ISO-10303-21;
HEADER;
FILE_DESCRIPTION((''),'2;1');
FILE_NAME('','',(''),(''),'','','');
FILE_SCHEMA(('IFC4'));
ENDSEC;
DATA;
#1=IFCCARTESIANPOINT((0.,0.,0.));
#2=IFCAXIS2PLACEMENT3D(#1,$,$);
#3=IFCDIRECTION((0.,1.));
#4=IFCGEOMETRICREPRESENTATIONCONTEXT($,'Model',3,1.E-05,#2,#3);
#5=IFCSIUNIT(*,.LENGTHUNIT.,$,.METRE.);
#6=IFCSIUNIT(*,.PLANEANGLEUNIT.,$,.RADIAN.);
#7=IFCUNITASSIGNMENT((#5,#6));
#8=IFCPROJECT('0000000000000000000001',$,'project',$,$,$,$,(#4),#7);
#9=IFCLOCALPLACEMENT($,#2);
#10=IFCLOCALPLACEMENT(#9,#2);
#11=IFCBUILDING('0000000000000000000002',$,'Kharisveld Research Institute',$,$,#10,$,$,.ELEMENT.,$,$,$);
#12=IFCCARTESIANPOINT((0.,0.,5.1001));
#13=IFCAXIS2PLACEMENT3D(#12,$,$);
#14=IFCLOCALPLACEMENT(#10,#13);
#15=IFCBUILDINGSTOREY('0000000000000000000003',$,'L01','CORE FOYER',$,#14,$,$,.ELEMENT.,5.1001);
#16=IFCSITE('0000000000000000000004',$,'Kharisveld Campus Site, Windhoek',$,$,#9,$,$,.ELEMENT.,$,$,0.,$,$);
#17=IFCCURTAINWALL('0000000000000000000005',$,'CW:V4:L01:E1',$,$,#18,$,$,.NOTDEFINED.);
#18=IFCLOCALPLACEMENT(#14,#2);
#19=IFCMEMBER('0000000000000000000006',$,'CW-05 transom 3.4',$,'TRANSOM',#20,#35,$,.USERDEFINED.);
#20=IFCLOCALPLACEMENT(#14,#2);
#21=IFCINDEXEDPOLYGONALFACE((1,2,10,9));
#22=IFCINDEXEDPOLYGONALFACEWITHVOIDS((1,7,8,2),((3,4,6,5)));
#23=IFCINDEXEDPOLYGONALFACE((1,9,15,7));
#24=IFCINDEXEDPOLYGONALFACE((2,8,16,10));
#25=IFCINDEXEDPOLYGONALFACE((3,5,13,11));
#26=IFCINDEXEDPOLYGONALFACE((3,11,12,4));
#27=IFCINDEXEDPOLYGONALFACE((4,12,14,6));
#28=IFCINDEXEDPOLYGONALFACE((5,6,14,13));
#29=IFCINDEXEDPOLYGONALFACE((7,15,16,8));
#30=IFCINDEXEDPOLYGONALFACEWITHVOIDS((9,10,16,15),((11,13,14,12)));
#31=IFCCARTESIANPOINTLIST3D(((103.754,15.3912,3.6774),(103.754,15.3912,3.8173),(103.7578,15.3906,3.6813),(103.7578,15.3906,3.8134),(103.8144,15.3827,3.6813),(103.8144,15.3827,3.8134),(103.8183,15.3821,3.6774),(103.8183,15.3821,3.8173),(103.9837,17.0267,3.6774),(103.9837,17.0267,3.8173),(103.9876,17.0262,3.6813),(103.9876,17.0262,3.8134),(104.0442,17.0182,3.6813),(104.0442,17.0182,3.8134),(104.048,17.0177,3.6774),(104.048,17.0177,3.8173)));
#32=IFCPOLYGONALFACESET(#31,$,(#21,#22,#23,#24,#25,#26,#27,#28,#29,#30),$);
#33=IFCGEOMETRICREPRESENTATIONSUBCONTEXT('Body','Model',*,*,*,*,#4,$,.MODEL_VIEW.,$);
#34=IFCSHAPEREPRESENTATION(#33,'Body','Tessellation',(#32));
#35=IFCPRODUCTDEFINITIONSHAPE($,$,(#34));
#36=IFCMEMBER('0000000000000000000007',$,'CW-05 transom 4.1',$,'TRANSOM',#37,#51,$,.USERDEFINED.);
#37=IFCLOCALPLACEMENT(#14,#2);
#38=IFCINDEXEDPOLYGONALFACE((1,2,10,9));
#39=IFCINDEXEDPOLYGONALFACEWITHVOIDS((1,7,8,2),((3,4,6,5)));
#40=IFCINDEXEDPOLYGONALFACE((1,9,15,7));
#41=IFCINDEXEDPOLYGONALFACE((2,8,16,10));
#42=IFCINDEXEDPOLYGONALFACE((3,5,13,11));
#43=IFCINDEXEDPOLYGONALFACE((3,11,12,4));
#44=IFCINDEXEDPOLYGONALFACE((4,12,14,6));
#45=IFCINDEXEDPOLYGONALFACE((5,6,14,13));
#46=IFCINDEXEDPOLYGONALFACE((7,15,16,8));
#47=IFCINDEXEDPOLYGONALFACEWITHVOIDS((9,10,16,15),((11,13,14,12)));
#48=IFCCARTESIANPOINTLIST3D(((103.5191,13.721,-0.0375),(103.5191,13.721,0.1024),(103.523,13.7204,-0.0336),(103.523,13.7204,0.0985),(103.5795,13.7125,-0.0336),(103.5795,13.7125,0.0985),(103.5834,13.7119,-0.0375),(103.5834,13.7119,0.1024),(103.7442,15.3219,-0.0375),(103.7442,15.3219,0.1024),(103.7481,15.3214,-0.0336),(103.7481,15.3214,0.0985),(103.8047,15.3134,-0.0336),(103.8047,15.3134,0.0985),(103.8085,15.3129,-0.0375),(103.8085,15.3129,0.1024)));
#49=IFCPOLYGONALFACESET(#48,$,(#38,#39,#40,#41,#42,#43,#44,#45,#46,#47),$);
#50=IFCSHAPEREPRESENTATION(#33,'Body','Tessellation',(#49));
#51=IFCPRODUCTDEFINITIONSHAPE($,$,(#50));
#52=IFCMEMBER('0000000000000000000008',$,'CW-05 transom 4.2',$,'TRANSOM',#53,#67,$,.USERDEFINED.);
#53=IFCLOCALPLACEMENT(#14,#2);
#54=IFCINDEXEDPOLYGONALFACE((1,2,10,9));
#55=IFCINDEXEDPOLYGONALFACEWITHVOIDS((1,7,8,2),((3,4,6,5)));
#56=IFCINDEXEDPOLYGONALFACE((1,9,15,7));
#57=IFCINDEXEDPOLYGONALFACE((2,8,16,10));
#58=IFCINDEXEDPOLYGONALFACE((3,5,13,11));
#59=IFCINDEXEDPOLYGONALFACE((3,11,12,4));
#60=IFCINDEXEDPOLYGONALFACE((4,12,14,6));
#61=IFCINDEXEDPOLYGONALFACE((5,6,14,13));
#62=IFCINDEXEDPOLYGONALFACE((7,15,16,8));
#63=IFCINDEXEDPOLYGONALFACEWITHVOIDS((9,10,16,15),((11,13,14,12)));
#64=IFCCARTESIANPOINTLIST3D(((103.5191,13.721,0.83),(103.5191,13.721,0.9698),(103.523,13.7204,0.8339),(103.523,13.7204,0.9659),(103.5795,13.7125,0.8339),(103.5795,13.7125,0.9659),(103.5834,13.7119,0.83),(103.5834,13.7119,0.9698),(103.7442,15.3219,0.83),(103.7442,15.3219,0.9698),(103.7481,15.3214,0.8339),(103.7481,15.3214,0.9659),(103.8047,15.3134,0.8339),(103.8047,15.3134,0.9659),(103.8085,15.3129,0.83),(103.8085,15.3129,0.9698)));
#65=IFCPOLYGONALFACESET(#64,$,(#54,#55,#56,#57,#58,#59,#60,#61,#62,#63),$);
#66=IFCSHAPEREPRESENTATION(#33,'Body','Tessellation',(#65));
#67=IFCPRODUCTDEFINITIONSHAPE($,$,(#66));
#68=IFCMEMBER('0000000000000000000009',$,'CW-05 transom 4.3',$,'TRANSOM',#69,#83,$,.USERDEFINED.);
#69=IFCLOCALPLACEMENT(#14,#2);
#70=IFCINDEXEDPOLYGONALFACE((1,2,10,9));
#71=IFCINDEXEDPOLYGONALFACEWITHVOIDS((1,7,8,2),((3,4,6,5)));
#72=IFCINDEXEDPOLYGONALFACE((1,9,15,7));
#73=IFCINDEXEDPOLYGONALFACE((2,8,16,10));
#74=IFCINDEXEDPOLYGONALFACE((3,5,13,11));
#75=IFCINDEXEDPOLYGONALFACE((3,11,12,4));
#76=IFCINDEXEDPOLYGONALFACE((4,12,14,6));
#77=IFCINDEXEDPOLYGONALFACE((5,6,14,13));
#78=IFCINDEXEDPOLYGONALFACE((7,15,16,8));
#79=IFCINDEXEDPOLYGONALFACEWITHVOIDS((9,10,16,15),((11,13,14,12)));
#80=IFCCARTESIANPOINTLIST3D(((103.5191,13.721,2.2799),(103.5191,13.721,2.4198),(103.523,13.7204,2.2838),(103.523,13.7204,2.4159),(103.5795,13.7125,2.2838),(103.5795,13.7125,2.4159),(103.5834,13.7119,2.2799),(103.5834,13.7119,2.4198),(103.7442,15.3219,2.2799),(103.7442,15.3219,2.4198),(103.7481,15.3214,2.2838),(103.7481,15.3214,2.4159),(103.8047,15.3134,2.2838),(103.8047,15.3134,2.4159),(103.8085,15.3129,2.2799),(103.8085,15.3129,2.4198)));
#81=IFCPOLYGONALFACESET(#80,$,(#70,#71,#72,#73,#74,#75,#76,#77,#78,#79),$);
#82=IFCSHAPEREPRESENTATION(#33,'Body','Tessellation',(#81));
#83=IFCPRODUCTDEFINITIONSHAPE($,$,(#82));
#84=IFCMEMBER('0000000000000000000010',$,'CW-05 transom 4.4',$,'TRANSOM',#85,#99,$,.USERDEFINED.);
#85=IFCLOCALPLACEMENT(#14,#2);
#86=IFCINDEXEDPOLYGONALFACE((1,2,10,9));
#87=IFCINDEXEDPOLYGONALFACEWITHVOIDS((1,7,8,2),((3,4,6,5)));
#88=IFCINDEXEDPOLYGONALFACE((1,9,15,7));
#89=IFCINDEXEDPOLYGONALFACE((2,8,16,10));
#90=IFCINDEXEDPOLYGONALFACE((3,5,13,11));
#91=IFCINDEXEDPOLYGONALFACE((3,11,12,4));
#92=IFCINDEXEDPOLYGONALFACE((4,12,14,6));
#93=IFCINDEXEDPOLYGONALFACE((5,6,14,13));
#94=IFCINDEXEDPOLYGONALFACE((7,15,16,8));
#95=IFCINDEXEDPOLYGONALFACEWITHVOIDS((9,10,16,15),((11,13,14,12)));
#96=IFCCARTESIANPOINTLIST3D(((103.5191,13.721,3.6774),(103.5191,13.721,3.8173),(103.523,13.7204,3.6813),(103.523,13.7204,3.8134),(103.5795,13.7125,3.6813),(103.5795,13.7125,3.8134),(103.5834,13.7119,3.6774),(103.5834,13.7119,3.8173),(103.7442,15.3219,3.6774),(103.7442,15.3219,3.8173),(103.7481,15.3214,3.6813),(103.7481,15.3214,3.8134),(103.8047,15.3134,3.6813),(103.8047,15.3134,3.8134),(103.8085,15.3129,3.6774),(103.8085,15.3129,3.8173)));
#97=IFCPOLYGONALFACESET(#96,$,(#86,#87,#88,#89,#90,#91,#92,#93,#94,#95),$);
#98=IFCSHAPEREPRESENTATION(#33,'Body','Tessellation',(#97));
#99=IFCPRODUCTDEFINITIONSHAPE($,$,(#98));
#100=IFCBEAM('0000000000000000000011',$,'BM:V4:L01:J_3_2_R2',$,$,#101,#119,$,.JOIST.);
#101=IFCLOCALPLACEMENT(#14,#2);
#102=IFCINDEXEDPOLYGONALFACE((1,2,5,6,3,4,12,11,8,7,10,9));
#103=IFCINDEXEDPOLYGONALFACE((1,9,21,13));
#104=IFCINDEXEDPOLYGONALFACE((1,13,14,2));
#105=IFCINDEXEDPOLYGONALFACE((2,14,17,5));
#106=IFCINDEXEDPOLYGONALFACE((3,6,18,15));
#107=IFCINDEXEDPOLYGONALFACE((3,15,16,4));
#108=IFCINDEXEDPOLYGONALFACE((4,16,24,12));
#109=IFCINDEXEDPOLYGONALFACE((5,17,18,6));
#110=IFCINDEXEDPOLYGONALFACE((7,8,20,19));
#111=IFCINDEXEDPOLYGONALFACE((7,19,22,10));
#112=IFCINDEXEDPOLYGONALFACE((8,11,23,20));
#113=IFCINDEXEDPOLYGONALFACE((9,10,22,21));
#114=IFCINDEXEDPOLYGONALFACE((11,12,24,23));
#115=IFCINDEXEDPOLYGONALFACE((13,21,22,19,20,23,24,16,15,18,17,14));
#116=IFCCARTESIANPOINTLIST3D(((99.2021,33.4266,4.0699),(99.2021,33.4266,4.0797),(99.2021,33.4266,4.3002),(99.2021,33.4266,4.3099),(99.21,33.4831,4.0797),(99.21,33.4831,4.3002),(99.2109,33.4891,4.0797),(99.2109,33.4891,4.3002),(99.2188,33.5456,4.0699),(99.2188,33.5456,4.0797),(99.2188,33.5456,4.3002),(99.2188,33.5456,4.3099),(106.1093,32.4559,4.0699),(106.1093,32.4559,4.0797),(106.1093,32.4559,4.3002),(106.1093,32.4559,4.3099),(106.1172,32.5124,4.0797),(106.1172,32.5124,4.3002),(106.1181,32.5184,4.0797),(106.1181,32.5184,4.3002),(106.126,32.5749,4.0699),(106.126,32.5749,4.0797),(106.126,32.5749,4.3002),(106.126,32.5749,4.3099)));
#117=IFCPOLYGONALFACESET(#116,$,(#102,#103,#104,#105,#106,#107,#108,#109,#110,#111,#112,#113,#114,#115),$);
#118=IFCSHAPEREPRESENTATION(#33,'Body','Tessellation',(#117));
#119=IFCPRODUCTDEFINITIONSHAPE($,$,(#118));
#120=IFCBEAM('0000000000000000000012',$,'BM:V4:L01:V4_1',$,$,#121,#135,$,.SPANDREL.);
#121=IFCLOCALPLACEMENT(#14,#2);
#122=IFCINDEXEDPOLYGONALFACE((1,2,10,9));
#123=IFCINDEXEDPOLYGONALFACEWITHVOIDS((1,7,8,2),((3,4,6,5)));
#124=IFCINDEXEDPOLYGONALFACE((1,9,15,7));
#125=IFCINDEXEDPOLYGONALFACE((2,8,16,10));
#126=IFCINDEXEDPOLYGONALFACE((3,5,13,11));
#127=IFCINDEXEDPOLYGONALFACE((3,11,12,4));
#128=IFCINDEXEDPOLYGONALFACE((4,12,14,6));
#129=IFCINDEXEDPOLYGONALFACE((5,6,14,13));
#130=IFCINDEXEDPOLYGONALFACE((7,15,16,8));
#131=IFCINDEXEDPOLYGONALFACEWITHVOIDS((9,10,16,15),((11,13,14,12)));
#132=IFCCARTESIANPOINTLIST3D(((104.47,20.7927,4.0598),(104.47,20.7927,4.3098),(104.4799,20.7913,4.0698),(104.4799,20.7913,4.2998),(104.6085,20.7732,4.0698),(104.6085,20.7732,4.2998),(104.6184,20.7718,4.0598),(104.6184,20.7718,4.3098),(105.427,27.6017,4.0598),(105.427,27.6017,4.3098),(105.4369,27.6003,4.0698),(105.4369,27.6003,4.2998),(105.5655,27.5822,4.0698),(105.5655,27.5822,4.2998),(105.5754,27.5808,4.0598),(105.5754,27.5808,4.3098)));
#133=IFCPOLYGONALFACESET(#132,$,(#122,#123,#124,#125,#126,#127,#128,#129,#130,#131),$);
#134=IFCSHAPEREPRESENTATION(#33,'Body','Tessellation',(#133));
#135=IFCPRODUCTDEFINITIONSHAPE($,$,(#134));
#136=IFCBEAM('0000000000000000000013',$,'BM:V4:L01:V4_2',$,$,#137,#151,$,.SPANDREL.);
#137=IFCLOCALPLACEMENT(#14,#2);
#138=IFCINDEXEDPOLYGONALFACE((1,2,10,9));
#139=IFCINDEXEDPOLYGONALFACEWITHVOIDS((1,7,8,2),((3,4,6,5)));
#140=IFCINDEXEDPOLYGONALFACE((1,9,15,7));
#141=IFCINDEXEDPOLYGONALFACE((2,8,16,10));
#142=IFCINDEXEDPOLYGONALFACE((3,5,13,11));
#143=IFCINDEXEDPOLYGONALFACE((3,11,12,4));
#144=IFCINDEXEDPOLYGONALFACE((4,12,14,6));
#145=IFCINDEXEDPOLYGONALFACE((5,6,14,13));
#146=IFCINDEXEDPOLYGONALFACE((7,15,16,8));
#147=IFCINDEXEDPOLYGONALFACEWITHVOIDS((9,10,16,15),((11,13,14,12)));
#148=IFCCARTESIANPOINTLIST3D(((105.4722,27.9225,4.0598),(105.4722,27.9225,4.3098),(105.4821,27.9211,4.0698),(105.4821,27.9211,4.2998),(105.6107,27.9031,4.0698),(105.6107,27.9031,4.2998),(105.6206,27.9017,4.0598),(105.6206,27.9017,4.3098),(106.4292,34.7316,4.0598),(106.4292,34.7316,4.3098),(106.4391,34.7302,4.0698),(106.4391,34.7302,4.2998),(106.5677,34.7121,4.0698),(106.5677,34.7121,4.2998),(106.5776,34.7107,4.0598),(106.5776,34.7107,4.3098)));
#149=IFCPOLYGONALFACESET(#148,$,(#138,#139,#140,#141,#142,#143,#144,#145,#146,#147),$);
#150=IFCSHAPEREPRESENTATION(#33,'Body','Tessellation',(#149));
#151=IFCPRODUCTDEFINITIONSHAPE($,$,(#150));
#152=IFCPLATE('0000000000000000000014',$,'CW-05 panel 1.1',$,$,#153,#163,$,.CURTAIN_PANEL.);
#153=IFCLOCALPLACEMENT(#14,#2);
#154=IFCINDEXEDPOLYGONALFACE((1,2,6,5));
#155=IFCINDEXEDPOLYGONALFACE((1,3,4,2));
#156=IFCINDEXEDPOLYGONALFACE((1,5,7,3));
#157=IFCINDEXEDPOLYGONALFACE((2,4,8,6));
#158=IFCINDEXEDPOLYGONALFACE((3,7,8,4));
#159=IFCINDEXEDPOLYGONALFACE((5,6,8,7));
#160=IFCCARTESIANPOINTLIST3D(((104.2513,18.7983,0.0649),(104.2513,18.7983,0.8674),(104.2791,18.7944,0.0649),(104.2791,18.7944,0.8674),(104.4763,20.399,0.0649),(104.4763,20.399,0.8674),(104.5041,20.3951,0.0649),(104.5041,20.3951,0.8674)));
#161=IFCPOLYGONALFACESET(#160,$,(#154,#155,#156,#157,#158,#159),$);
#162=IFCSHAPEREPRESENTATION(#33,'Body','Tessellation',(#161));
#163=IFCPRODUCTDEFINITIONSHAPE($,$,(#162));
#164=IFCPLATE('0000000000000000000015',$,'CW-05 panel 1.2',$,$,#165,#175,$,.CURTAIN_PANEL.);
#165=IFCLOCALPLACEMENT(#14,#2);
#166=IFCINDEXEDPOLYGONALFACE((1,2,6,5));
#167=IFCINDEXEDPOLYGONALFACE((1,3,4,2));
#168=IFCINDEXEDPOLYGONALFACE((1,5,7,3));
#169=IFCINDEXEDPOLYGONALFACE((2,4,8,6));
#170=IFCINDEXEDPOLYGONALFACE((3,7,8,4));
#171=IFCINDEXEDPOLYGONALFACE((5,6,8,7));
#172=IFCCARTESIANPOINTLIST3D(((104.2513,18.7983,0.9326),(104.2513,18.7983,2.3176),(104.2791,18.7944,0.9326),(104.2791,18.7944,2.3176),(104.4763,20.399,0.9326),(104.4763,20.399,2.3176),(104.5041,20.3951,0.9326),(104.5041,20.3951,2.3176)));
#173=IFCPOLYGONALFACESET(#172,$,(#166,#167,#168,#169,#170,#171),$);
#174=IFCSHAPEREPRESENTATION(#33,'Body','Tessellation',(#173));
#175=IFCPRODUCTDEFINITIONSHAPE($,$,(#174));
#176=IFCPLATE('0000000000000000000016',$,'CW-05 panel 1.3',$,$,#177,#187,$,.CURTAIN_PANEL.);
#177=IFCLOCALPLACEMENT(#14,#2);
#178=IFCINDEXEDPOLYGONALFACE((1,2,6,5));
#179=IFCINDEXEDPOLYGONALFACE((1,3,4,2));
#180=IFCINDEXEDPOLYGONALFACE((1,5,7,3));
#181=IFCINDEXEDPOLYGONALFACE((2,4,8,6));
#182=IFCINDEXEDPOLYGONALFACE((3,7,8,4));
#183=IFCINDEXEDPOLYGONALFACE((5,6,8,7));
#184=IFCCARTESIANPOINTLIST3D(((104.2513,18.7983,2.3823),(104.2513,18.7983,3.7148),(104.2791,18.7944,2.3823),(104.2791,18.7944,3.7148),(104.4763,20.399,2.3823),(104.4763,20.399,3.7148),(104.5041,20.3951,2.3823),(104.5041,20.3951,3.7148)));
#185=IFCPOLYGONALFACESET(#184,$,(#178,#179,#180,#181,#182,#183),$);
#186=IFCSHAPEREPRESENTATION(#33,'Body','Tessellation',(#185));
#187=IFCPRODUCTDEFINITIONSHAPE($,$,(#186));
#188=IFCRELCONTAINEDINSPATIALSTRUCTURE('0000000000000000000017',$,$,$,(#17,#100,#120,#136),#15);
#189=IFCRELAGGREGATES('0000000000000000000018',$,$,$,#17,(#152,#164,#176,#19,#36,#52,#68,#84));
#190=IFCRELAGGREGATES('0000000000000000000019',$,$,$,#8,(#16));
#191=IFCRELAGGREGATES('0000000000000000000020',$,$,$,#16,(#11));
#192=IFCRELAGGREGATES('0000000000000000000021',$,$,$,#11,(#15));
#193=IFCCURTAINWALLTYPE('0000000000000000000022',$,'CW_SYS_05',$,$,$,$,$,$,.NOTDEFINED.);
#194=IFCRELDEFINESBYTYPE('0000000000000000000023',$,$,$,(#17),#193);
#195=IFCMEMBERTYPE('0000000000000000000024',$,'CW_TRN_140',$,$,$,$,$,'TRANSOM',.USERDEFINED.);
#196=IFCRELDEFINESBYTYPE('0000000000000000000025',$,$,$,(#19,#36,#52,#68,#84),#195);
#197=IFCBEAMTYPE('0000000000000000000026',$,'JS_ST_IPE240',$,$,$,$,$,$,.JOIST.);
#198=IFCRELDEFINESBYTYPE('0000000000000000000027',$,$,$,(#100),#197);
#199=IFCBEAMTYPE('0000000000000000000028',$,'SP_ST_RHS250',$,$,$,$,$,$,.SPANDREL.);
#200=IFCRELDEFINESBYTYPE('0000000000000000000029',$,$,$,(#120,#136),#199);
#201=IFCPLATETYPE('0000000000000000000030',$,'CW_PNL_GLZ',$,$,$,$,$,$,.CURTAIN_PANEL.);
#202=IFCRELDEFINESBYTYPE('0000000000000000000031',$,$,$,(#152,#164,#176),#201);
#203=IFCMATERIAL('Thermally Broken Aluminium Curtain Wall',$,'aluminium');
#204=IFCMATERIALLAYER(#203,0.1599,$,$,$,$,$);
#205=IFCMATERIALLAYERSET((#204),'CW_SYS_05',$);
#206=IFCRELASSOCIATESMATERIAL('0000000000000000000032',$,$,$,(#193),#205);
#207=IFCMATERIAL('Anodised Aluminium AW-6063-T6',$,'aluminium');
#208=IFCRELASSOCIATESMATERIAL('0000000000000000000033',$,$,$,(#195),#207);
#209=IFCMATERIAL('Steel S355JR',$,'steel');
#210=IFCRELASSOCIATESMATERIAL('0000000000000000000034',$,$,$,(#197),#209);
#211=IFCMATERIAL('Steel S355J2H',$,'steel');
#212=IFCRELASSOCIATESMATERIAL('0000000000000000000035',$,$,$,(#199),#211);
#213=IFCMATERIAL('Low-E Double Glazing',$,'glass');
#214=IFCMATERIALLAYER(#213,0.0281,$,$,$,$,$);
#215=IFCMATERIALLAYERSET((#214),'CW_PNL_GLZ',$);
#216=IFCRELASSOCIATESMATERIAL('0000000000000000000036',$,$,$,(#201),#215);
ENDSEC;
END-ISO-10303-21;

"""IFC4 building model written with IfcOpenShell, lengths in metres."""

from ifc_helpers import new_model, si_unit, direction, frame, origin, origin_2d, place, context, subcontext, project, spatial, rectangle, hollow_rectangle, i_section, extrude, material, layer, layer_set, material_profile, profile_set, type_object, element, aggregate, save


model = new_model("IFC4")

# Units and contexts
model_context = context("Model", 3, precision=1e-05, world=origin(), true_north=direction((0.0, 1.0)))
body_context = subcontext(model_context, "Body", "Model", "MODEL_VIEW")
ifc_project = project(units=[si_unit("LENGTHUNIT", "METRE"), si_unit("PLANEANGLEUNIT", "RADIAN")], contexts=[model_context])

# Site, building, storey
site_placement = place(None, origin())
site = spatial("IfcSite", under=ifc_project, at=site_placement, Name="Kharisveld Campus Site, Windhoek", CompositionType="ELEMENT", RefElevation=0.0)
building_placement = place(site_placement, origin())
building = spatial("IfcBuilding", under=site, at=building_placement, Name="Kharisveld Research Institute", CompositionType="ELEMENT")
storey_placement = place(building_placement, frame((0.0, 0.0, 5.1001)))
storey = spatial("IfcBuildingStorey", under=building, at=storey_placement, Name="L01", Description="CORE FOYER", CompositionType="ELEMENT", Elevation=5.1001)

# Curtain wall, members
ifc_material_1 = material(Name="Thermally Broken Aluminium Curtain Wall", Category="aluminium")
ifc_layer_1 = layer(ifc_material_1, 0.1599)
ifc_layer_set_1 = layer_set([ifc_layer_1], Name="CW_SYS_05")
curtain_wall_type = type_object("IfcCurtainWallType", Name="CW_SYS_05", PredefinedType="NOTDEFINED", material=ifc_layer_set_1)
curtain_wall_placement = place(storey_placement, origin())
curtain_wall = element("IfcCurtainWall", 1, at=curtain_wall_placement, inside=storey, type_object=curtain_wall_type, Name="CW:V4:L01:E1", PredefinedType="NOTDEFINED")
ifc_material_2 = material(Name="Anodised Aluminium AW-6063-T6", Category="aluminium")
ifc_material_profile_1 = material_profile(ifc_material_2, hollow_rectangle(XDim=0.0649, YDim=0.1399, WallThickness=0.0039, at=origin_2d()))
ifc_profile_set_1 = profile_set([ifc_material_profile_1], Name="Anodised Aluminium AW-6063-T6")
member_type_1 = type_object("IfcMemberType", Name="CW_TRN_140", ElementType="TRANSOM", PredefinedType="USERDEFINED", material=ifc_profile_set_1)
member_1_placement = place(storey_placement, frame((104.0159, 17.0222, 3.7473), z_axis=(-0.139103, -0.990278, 0.0), x_axis=(0.990278, -0.139103, 0.0)))
member_1 = element("IfcMember", 2, at=member_1_placement, type_object=member_type_1, Name="CW-05 transom 3.4", ObjectType="TRANSOM", PredefinedType="USERDEFINED", context=body_context, shape_type="SweptSolid", body=[
    extrude(hollow_rectangle(XDim=0.0649, YDim=0.1399, WallThickness=0.0039, at=origin_2d()), origin(), (0.0, 0.0, 1.0), 1.6516),
])
member_2_placement = place(storey_placement, frame((103.7764, 15.3174, 0.0325), z_axis=(-0.139243, -0.990258, 0.0), x_axis=(0.990258, -0.139243, 0.0)))
member_2 = element("IfcMember", 3, at=member_2_placement, type_object=member_type_1, Name="CW-05 transom 4.1", ObjectType="TRANSOM", PredefinedType="USERDEFINED", context=body_context, shape_type="SweptSolid", body=[
    extrude(hollow_rectangle(XDim=0.0649, YDim=0.1399, WallThickness=0.0039, at=origin_2d()), origin(), (0.0, 0.0, 1.0), 1.6167),
])
member_3_placement = place(storey_placement, frame((103.7764, 15.3174, 0.8999), z_axis=(-0.139243, -0.990258, 0.0), x_axis=(0.990258, -0.139243, 0.0)))
member_3 = element("IfcMember", 4, at=member_3_placement, type_object=member_type_1, Name="CW-05 transom 4.2", ObjectType="TRANSOM", PredefinedType="USERDEFINED", context=body_context, shape_type="SweptSolid", body=[
    extrude(hollow_rectangle(XDim=0.0649, YDim=0.1399, WallThickness=0.0039, at=origin_2d()), origin(), (0.0, 0.0, 1.0), 1.6167),
])
member_4_placement = place(storey_placement, frame((103.7764, 15.3174, 2.3499), z_axis=(-0.139243, -0.990258, 0.0), x_axis=(0.990258, -0.139243, 0.0)))
member_4 = element("IfcMember", 5, at=member_4_placement, type_object=member_type_1, Name="CW-05 transom 4.3", ObjectType="TRANSOM", PredefinedType="USERDEFINED", context=body_context, shape_type="SweptSolid", body=[
    extrude(hollow_rectangle(XDim=0.0649, YDim=0.1399, WallThickness=0.0039, at=origin_2d()), origin(), (0.0, 0.0, 1.0), 1.6167),
])
member_5_placement = place(storey_placement, frame((103.7764, 15.3174, 3.7473), z_axis=(-0.139243, -0.990258, 0.0), x_axis=(0.990258, -0.139243, 0.0)))
member_5 = element("IfcMember", 6, at=member_5_placement, type_object=member_type_1, Name="CW-05 transom 4.4", ObjectType="TRANSOM", PredefinedType="USERDEFINED", context=body_context, shape_type="SweptSolid", body=[
    extrude(hollow_rectangle(XDim=0.0649, YDim=0.1399, WallThickness=0.0039, at=origin_2d()), origin(), (0.0, 0.0, 1.0), 1.6167),
])

# Beams
ifc_material_3 = material(Name="Steel S355JR", Category="steel")
ifc_material_profile_2 = material_profile(ifc_material_3, i_section(OverallWidth=0.1201, OverallDepth=0.24, WebThickness=0.0061, FlangeThickness=0.0098, at=origin_2d()))
ifc_profile_set_2 = profile_set([ifc_material_profile_2], Name="Steel S355JR")
beam_type_1 = type_object("IfcBeamType", Name="JS_ST_IPE240", PredefinedType="JOIST", material=ifc_profile_set_2)
beam_placement = place(storey_placement, frame((99.2104, 33.4861, 4.1899), z_axis=(0.990269, -0.139167, 0.0), x_axis=(0.139167, 0.990269, 0.0)))
element("IfcBeam", 7, at=beam_placement, inside=storey, type_object=beam_type_1, Name="BM:V4:L01:J_3_2_R2", PredefinedType="JOIST", context=body_context, shape_type="SweptSolid", body=[
    extrude(i_section(OverallWidth=0.1201, OverallDepth=0.24, WebThickness=0.0061, FlangeThickness=0.0098, at=origin_2d()), origin(), (0.0, 0.0, 1.0), 6.9751),
])
ifc_material_4 = material(Name="Steel S355J2H", Category="steel")
ifc_material_profile_3 = material_profile(ifc_material_4, hollow_rectangle(XDim=0.1499, YDim=0.25, WallThickness=0.01, at=origin_2d()))
ifc_profile_set_3 = profile_set([ifc_material_profile_3], Name="Steel S355J2H")
beam_type_2 = type_object("IfcBeamType", Name="SP_ST_RHS250", PredefinedType="SPANDREL", material=ifc_profile_set_3)
for number, where, z_axis, x_axis, name in (
    (8, (104.5442, 20.7822, 4.1848), (0.139184, 0.990267, 0.0), (-0.990267, 0.139184, 0.0), "BM:V4:L01:V4_1"),
    (9, (105.5464, 27.9121, 4.1848), (0.139184, 0.990267, 0.0), (-0.990267, 0.139184, 0.0), "BM:V4:L01:V4_2"),
):
    element("IfcBeam", number, at=place(storey_placement, frame(where, z_axis=z_axis, x_axis=x_axis)), inside=storey, type_object=beam_type_2, Name=name, PredefinedType="SPANDREL", context=body_context, shape_type="SweptSolid", body=[
        extrude(hollow_rectangle(XDim=0.1499, YDim=0.25, WallThickness=0.01, at=origin_2d()), origin(), (0.0, 0.0, 1.0), 6.876),
    ])

# Plates
ifc_material_5 = material(Name="Low-E Double Glazing", Category="glass")
ifc_layer_2 = layer(ifc_material_5, 0.0281)
ifc_layer_set_2 = layer_set([ifc_layer_2], Name="CW_PNL_GLZ")
plate_type = type_object("IfcPlateType", Name="CW_PNL_GLZ", PredefinedType="CURTAIN_PANEL", material=ifc_layer_set_2)
plate_1_placement = place(storey_placement, frame((104.3777, 19.5967, 0.0649), z_axis=(0.0, 0.0, 1.0), x_axis=(-0.139173, -0.990268, 0.0)))
plate_1 = element("IfcPlate", 10, at=plate_1_placement, type_object=plate_type, Name="CW-05 panel 1.1", PredefinedType="CURTAIN_PANEL", context=body_context, shape_type="SweptSolid", body=[
    extrude(rectangle(XDim=1.6165, YDim=0.0281, at=origin_2d()), origin(), (0.0, 0.0, 1.0), 0.8025),
])
plate_2_placement = place(storey_placement, frame((104.3777, 19.5967, 0.9326), z_axis=(0.0, 0.0, 1.0), x_axis=(-0.139173, -0.990268, 0.0)))
plate_2 = element("IfcPlate", 11, at=plate_2_placement, type_object=plate_type, Name="CW-05 panel 1.2", PredefinedType="CURTAIN_PANEL", context=body_context, shape_type="SweptSolid", body=[
    extrude(rectangle(XDim=1.6165, YDim=0.0281, at=origin_2d()), origin(), (0.0, 0.0, 1.0), 1.385),
])
plate_3_placement = place(storey_placement, frame((104.3777, 19.5967, 2.3823), z_axis=(0.0, 0.0, 1.0), x_axis=(-0.139173, -0.990268, 0.0)))
plate_3 = element("IfcPlate", 12, at=plate_3_placement, type_object=plate_type, Name="CW-05 panel 1.3", PredefinedType="CURTAIN_PANEL", context=body_context, shape_type="SweptSolid", body=[
    extrude(rectangle(XDim=1.6165, YDim=0.0281, at=origin_2d()), origin(), (0.0, 0.0, 1.0), 1.3325),
])
aggregate(curtain_wall, [plate_1, plate_2, plate_3, member_1, member_2, member_3, member_4, member_5])

save(model, "model.ifc")
